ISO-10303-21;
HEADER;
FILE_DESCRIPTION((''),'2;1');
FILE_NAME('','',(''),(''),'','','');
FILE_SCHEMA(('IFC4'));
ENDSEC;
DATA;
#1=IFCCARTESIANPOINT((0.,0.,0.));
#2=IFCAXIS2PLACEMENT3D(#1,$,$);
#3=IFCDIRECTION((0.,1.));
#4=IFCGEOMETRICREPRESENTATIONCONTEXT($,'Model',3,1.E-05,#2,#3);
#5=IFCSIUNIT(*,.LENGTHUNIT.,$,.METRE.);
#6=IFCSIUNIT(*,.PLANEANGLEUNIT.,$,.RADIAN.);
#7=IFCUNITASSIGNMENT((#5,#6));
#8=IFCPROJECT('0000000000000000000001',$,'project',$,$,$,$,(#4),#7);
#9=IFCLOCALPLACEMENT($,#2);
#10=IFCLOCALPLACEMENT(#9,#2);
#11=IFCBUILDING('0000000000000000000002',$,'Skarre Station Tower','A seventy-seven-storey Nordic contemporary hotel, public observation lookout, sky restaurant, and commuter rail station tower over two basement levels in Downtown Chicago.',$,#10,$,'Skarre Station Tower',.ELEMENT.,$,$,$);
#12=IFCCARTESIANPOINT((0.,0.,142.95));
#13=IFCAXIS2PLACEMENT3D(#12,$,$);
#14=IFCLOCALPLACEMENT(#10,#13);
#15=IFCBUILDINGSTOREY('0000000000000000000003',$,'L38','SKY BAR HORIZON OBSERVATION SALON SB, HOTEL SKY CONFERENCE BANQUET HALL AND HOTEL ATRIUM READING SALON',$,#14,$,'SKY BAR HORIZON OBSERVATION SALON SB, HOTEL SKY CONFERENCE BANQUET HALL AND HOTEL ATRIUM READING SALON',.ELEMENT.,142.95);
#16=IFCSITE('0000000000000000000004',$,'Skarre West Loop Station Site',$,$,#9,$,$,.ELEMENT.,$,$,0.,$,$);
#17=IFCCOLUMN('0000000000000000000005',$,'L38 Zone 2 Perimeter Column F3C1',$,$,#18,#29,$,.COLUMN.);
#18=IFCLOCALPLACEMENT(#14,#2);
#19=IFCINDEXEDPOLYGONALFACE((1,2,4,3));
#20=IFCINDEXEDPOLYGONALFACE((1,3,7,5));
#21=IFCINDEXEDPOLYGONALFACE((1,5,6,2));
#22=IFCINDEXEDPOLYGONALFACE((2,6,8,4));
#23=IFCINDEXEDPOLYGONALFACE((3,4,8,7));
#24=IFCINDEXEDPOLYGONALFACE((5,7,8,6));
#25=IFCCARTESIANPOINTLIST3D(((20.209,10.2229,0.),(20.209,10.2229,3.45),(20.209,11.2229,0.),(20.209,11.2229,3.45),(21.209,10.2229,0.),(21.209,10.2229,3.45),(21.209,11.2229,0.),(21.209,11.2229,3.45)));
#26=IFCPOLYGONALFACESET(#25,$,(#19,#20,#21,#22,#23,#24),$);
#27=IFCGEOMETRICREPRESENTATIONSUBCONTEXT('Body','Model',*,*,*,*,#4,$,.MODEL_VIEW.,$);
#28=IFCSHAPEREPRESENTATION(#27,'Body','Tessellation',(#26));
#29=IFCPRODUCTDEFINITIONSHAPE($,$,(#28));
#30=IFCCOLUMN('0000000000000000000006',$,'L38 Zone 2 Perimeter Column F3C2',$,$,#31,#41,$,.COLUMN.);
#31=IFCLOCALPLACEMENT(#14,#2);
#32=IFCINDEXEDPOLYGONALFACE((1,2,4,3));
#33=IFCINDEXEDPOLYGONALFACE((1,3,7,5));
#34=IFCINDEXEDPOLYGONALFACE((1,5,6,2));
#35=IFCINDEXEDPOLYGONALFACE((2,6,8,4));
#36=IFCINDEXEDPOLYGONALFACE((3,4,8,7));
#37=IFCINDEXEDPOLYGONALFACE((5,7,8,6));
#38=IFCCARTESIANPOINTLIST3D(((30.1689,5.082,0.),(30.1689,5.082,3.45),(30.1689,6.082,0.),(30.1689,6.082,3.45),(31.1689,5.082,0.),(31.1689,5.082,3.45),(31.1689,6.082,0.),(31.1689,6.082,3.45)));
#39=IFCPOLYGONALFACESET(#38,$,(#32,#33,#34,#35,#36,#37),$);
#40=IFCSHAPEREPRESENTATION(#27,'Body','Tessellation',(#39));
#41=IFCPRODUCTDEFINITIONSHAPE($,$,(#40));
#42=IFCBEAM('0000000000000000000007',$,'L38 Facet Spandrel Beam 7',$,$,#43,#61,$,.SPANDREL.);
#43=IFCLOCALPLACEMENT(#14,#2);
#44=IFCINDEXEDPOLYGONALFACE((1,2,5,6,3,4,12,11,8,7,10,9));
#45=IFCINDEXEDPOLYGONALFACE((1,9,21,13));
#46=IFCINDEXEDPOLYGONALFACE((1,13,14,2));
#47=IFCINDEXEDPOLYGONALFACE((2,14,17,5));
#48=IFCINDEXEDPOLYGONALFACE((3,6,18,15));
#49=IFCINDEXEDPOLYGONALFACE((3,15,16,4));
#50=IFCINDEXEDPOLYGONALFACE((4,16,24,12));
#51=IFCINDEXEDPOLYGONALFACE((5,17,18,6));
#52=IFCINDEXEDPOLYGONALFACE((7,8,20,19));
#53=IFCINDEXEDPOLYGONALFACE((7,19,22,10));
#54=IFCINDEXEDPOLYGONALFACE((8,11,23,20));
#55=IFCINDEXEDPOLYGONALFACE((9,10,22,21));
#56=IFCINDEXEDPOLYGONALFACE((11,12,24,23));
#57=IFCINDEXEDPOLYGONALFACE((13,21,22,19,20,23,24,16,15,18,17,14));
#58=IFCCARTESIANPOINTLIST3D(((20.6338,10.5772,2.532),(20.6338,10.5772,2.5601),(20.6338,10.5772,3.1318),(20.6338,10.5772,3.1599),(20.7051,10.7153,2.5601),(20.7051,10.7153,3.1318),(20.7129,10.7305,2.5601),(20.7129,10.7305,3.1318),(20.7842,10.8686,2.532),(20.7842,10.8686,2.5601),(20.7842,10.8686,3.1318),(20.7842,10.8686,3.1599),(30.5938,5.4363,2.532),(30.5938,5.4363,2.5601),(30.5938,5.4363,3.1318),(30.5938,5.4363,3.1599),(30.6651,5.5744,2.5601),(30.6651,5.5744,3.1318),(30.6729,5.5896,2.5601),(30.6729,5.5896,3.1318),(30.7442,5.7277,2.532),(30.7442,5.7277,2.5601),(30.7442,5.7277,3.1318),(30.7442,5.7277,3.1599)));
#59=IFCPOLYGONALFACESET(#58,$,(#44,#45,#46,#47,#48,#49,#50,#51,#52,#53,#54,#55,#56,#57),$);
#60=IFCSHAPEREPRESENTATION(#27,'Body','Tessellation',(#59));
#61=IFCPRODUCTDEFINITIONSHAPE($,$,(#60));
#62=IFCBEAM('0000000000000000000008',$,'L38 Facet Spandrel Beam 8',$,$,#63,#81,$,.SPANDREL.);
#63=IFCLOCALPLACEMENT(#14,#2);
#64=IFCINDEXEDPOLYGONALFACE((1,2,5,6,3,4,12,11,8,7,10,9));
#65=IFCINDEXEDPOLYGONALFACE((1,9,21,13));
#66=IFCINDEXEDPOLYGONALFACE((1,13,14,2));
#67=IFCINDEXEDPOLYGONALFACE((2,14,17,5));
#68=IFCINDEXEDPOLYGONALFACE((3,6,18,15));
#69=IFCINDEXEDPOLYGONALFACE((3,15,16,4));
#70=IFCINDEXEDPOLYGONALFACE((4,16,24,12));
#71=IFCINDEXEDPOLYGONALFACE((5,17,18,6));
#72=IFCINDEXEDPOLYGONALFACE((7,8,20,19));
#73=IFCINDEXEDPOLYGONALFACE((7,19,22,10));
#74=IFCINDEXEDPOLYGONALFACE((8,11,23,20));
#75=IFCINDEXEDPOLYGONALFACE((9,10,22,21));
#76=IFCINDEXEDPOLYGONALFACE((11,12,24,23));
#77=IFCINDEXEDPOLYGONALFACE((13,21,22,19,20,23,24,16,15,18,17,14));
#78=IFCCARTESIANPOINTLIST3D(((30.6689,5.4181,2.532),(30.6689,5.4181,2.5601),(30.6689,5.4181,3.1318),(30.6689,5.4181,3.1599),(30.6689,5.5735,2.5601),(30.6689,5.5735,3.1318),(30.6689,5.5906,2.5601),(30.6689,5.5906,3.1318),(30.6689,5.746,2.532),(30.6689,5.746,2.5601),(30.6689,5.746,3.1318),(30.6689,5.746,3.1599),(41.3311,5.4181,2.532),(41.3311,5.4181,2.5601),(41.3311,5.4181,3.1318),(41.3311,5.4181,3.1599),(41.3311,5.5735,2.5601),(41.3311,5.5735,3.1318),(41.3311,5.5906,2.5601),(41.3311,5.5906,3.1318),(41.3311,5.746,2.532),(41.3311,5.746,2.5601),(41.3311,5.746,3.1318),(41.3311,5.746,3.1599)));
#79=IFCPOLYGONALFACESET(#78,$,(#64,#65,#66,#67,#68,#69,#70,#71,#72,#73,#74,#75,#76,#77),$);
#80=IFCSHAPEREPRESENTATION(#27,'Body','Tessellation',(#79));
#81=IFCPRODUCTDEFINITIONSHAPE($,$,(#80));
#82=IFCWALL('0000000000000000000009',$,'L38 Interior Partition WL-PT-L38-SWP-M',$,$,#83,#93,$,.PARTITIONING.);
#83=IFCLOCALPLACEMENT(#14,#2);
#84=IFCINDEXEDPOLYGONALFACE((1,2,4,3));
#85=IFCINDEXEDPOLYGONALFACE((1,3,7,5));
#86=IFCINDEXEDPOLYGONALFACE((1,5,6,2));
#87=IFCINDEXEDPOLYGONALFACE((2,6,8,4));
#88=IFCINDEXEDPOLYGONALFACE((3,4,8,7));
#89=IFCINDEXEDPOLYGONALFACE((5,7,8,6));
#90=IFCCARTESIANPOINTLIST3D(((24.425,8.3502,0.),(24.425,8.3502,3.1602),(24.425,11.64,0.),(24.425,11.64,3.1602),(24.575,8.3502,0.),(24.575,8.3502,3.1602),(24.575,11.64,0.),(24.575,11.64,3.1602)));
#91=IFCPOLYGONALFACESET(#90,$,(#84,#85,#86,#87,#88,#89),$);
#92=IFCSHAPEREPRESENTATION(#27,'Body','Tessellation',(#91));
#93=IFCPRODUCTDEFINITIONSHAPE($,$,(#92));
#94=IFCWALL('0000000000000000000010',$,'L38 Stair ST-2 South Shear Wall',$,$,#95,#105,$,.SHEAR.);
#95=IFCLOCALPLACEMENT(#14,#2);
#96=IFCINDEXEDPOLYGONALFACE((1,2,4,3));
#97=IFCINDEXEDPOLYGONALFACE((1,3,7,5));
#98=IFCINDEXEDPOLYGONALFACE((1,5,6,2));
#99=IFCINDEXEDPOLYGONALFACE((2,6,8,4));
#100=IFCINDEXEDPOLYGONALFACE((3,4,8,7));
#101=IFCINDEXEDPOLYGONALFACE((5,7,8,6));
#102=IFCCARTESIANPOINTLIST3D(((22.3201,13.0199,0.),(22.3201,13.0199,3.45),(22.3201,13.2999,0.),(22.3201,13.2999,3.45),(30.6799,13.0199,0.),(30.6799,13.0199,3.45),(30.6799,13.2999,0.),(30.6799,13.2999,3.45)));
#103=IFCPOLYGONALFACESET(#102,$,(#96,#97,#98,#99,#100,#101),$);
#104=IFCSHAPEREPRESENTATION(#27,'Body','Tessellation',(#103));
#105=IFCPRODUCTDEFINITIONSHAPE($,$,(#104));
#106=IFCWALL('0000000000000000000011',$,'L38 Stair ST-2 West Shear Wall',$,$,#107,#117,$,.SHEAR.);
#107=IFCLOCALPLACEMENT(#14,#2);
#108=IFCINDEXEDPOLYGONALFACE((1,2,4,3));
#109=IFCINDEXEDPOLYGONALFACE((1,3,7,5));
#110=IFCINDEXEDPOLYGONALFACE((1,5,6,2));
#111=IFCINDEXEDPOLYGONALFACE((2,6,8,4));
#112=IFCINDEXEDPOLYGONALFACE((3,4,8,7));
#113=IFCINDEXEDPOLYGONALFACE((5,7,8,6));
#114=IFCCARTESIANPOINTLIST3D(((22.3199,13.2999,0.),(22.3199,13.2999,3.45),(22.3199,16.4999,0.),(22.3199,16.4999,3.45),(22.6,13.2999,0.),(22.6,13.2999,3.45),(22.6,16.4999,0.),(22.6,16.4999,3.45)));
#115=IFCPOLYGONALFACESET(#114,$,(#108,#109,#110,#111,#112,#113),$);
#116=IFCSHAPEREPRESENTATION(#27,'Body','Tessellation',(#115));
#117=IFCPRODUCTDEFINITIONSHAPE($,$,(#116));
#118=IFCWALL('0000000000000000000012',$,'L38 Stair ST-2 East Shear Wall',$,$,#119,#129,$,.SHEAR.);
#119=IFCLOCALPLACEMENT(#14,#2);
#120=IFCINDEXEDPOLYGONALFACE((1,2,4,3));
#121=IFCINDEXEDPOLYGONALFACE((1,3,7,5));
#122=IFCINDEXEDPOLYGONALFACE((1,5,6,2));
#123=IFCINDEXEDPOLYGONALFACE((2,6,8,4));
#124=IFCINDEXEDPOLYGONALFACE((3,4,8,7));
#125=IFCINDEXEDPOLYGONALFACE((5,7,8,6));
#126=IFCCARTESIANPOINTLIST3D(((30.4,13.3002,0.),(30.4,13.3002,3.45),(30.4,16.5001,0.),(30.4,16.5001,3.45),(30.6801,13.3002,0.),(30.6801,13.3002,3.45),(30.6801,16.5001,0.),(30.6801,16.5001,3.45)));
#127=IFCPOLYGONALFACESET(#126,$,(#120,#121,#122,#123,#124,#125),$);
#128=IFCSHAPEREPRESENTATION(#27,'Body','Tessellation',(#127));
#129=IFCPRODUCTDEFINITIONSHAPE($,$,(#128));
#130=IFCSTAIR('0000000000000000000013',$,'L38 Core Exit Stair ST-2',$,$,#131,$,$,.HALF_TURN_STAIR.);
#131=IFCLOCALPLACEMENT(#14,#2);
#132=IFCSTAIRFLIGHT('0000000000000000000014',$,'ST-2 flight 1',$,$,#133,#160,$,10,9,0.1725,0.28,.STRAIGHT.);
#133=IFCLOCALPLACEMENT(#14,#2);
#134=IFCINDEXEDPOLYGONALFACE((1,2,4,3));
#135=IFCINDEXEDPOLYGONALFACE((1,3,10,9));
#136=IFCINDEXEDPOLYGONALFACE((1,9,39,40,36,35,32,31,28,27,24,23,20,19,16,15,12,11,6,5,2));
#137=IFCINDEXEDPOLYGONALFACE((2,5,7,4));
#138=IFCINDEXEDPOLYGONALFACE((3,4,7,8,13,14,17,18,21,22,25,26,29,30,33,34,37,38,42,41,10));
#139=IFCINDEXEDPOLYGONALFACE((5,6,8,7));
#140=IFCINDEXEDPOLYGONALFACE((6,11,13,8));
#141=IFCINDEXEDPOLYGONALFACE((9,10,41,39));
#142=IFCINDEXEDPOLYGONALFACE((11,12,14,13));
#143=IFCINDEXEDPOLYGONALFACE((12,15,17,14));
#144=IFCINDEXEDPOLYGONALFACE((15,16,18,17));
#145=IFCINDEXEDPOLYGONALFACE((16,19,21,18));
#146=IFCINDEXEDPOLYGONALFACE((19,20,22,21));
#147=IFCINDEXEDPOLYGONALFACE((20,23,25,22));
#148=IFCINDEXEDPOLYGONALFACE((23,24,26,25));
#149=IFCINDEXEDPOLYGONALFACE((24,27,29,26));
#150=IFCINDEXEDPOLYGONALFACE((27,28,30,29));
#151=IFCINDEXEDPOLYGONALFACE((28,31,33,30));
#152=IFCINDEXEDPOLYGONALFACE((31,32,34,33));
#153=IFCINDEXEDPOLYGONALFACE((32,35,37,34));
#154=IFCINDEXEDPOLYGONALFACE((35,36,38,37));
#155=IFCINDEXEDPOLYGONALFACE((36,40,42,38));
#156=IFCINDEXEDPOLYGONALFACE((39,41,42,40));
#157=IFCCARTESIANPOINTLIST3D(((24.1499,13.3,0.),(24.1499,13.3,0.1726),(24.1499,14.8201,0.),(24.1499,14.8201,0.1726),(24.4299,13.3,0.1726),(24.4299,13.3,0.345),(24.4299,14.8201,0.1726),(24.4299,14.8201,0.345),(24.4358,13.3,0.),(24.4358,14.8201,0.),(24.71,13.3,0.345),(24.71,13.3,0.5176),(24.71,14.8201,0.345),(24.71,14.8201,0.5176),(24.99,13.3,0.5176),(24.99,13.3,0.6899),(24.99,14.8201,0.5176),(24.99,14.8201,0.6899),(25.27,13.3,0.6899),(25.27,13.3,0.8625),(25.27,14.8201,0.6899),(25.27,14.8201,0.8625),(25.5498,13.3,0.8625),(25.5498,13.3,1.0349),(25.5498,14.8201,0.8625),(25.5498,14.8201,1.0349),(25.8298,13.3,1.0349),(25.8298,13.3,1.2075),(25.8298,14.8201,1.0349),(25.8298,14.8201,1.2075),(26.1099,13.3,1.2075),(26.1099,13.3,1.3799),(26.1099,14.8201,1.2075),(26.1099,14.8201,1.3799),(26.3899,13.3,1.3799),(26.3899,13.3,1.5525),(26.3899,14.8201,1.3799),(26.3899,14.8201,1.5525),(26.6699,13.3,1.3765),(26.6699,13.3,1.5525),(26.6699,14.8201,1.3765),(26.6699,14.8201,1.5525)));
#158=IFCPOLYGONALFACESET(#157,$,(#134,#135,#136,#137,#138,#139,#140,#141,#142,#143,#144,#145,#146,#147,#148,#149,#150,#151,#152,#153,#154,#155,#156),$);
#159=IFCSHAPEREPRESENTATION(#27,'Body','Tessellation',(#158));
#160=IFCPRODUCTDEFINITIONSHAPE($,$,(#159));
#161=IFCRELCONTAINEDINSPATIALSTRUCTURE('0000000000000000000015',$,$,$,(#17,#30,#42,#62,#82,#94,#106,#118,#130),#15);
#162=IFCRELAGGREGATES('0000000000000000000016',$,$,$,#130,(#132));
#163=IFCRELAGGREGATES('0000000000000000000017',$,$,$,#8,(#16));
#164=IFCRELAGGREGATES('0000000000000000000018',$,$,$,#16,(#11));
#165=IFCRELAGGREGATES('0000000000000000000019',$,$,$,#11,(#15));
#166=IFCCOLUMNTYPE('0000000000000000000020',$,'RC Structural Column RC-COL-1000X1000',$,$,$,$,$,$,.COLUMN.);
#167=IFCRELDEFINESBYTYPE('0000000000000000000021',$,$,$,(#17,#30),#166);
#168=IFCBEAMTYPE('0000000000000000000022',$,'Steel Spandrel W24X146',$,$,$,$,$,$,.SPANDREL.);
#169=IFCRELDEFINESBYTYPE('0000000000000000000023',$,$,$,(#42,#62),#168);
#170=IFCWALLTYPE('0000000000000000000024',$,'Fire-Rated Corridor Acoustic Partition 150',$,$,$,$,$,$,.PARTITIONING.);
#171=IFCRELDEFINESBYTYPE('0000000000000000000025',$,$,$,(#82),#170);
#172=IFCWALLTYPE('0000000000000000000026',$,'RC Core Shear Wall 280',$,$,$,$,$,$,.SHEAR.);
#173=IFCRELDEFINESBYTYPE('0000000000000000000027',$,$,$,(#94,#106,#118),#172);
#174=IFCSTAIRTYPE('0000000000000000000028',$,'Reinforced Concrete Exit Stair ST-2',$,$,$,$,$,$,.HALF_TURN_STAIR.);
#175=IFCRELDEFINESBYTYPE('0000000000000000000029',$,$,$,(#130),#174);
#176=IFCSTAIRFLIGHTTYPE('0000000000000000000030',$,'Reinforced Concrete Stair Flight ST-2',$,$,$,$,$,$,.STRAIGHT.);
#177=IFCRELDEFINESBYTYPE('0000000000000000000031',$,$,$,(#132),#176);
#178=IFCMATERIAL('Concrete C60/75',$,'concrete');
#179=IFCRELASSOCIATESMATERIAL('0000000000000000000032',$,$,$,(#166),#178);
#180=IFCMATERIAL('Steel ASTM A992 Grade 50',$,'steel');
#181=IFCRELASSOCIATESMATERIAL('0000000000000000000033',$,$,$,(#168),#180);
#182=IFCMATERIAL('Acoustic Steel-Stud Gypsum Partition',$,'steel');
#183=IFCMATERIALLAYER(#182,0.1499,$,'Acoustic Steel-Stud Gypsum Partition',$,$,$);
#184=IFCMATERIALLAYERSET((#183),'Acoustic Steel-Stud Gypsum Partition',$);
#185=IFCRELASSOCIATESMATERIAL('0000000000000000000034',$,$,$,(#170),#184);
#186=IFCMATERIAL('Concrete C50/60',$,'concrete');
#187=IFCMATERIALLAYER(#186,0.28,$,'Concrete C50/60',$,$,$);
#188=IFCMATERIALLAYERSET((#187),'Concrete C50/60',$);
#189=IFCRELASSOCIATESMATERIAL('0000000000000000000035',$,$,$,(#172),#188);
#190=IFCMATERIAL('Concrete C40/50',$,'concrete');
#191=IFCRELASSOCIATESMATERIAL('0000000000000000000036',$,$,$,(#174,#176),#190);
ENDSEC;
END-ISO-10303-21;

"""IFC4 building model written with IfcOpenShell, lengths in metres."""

from ifc_helpers import new_model, si_unit, direction, frame, frame_2d, origin, origin_2d, place, context, subcontext, project, spatial, polyline, rectangle, i_section, outline, extrude, material, layer, layer_set, material_profile, profile_set, type_object, element, aggregate, save


model = new_model("IFC4")

# Units and contexts
model_context = context("Model", 3, precision=1e-05, world=origin(), true_north=direction((0.0, 1.0)))
body_context = subcontext(model_context, "Body", "Model", "MODEL_VIEW")
ifc_project = project(units=[si_unit("LENGTHUNIT", "METRE"), si_unit("PLANEANGLEUNIT", "RADIAN")], contexts=[model_context])

# Site, building, storey
site_placement = place(None, origin())
site = spatial("IfcSite", under=ifc_project, at=site_placement, Name="Skarre West Loop Station Site", CompositionType="ELEMENT", RefElevation=0.0)
building_placement = place(site_placement, origin())
building = spatial("IfcBuilding", under=site, at=building_placement, Name="Skarre Station Tower", Description="A seventy-seven-storey Nordic contemporary hotel, public observation lookout, sky restaurant, and commuter rail station tower over two basement levels in Downtown Chicago.", LongName="Skarre Station Tower", CompositionType="ELEMENT")
storey_placement = place(building_placement, frame((0.0, 0.0, 142.95)))
storey = spatial("IfcBuildingStorey", under=building, at=storey_placement, Name="L38", Description="SKY BAR HORIZON OBSERVATION SALON SB, HOTEL SKY CONFERENCE BANQUET HALL AND HOTEL ATRIUM READING SALON", LongName="SKY BAR HORIZON OBSERVATION SALON SB, HOTEL SKY CONFERENCE BANQUET HALL AND HOTEL ATRIUM READING SALON", CompositionType="ELEMENT", Elevation=142.95)

# Columns
ifc_material_1 = material(Name="Concrete C60/75", Category="concrete")
ifc_material_profile_1 = material_profile(ifc_material_1, rectangle(XDim=1.0, YDim=1.0, at=origin_2d()), Name="Concrete C60/75")
ifc_profile_set_1 = profile_set([ifc_material_profile_1], Name="Concrete C60/75")
column_type = type_object("IfcColumnType", Name="RC Structural Column RC-COL-1000X1000", PredefinedType="COLUMN", material=ifc_profile_set_1)
for number, where, z_axis, x_axis, name in (
    (1, (20.709, 10.7229, 0.0), (0.0, 0.0, 1.0), (1.0, 0.0, 0.0), "L38 Zone 2 Perimeter Column F3C1"),
    (2, (30.6689, 5.582, 0.0), (0.0, 0.0, 1.0), (1.0, 0.0, 0.0), "L38 Zone 2 Perimeter Column F3C2"),
):
    element("IfcColumn", number, at=place(storey_placement, frame(where, z_axis=z_axis, x_axis=x_axis)), inside=storey, type_object=column_type, Name=name, PredefinedType="COLUMN", context=body_context, shape_type="SweptSolid", body=[
        extrude(rectangle(XDim=1.0, YDim=1.0, at=origin_2d()), origin(), (0.0, 0.0, 1.0), 3.45),
    ])

# Beams
ifc_material_2 = material(Name="Steel ASTM A992 Grade 50", Category="steel")
ifc_material_profile_2 = material_profile(ifc_material_2, i_section(OverallWidth=0.3279, OverallDepth=0.6279, WebThickness=0.0171, FlangeThickness=0.0281, at=origin_2d()), Name="Steel ASTM A992 Grade 50")
ifc_profile_set_2 = profile_set([ifc_material_profile_2], Name="Steel ASTM A992 Grade 50")
beam_type = type_object("IfcBeamType", Name="Steel Spandrel W24X146", PredefinedType="SPANDREL", material=ifc_profile_set_2)
beam_1_placement = place(storey_placement, frame((20.709, 10.7229, 2.8459), z_axis=(0.888612, -0.45866, 0.0), x_axis=(0.45866, 0.888612, 0.0)))
element("IfcBeam", 3, at=beam_1_placement, inside=storey, type_object=beam_type, Name="L38 Facet Spandrel Beam 7", PredefinedType="SPANDREL", context=body_context, shape_type="SweptSolid", body=[
    extrude(i_section(OverallWidth=0.3279, OverallDepth=0.6279, WebThickness=0.0171, FlangeThickness=0.0281, at=origin_2d()), origin(), (0.0, 0.0, 1.0), 11.2085),
])
beam_2_placement = place(storey_placement, frame((30.6689, 5.582, 2.8459), z_axis=(1.0, 0.0, 0.0), x_axis=(0.0, 1.0, 0.0)))
element("IfcBeam", 4, at=beam_2_placement, inside=storey, type_object=beam_type, Name="L38 Facet Spandrel Beam 8", PredefinedType="SPANDREL", context=body_context, shape_type="SweptSolid", body=[
    extrude(i_section(OverallWidth=0.3279, OverallDepth=0.6279, WebThickness=0.0171, FlangeThickness=0.0281, at=origin_2d()), origin(), (0.0, 0.0, 1.0), 10.6621),
])

# Walls
ifc_material_3 = material(Name="Acoustic Steel-Stud Gypsum Partition", Category="steel")
ifc_layer_1 = layer(ifc_material_3, 0.1499, Name="Acoustic Steel-Stud Gypsum Partition")
ifc_layer_set_1 = layer_set([ifc_layer_1], Name="Acoustic Steel-Stud Gypsum Partition")
wall_type_1 = type_object("IfcWallType", Name="Fire-Rated Corridor Acoustic Partition 150", PredefinedType="PARTITIONING", material=ifc_layer_set_1)
wall_1_placement = place(storey_placement, frame((24.5, 8.3501, 0.0), z_axis=(0.0, 0.0, 1.0), x_axis=(0.0, 1.0, 0.0)))
element("IfcWall", 5, at=wall_1_placement, inside=storey, type_object=wall_type_1, Name="L38 Interior Partition WL-PT-L38-SWP-M", PredefinedType="PARTITIONING", context=body_context, shape_type="SweptSolid", body=[
    extrude(rectangle(XDim=3.2898, YDim=0.1499, at=frame_2d((1.645, 0.0))), origin(), (0.0, 0.0, 1.0), 3.1602),
])
ifc_material_4 = material(Name="Concrete C50/60", Category="concrete")
ifc_layer_2 = layer(ifc_material_4, 0.28, Name="Concrete C50/60")
ifc_layer_set_2 = layer_set([ifc_layer_2], Name="Concrete C50/60")
wall_type_2 = type_object("IfcWallType", Name="RC Core Shear Wall 280", PredefinedType="SHEAR", material=ifc_layer_set_2)
wall_2_placement = place(storey_placement, frame((22.3201, 13.1599, 0.0), z_axis=(0.0, 0.0, 1.0), x_axis=(1.0, 0.0, 0.0)))
element("IfcWall", 6, at=wall_2_placement, inside=storey, type_object=wall_type_2, Name="L38 Stair ST-2 South Shear Wall", PredefinedType="SHEAR", context=body_context, shape_type="SweptSolid", body=[
    extrude(rectangle(XDim=8.3599, YDim=0.28, at=frame_2d((4.1799, 0.0))), origin(), (0.0, 0.0, 1.0), 3.45),
])
for number, where, z_axis, x_axis, name in (
    (7, (22.46, 16.5, 0.0), (0.0, 0.0, 1.0), (0.0, -1.0, 0.0), "L38 Stair ST-2 West Shear Wall"),
    (8, (30.54, 13.3, 0.0), (0.0, 0.0, 1.0), (0.0, 1.0, 0.0), "L38 Stair ST-2 East Shear Wall"),
):
    element("IfcWall", number, at=place(storey_placement, frame(where, z_axis=z_axis, x_axis=x_axis)), inside=storey, type_object=wall_type_2, Name=name, PredefinedType="SHEAR", context=body_context, shape_type="SweptSolid", body=[
        extrude(rectangle(XDim=3.2, YDim=0.28, at=frame_2d((1.6001, 0.0))), origin(), (0.0, 0.0, 1.0), 3.45),
    ])

# Stair, stair flight
ifc_material_5 = material(Name="Concrete C40/50", Category="concrete")
stair_type = type_object("IfcStairType", Name="Reinforced Concrete Exit Stair ST-2", PredefinedType="HALF_TURN_STAIR", material=ifc_material_5)
stair_placement = place(storey_placement, origin())
stair = element("IfcStair", 9, at=stair_placement, inside=storey, type_object=stair_type, Name="L38 Core Exit Stair ST-2", PredefinedType="HALF_TURN_STAIR")
stair_flight_type = type_object("IfcStairFlightType", Name="Reinforced Concrete Stair Flight ST-2", PredefinedType="STRAIGHT", material=ifc_material_5)
stair_flight_1_placement = place(storey_placement, frame((24.1499, 14.0601, 0.0), z_axis=(0.0, 0.0, 1.0), x_axis=(1.0, 0.0, 0.0)))
stair_flight_1 = element("IfcStairFlight", 10, at=stair_flight_1_placement, type_object=stair_flight_type, Name="ST-2 flight 1", NumberOfRisers=10, NumberOfTreads=9, PredefinedType="STRAIGHT", RiserHeight=0.1725, TreadLength=0.28, context=body_context, shape_type="SweptSolid", body=[
    extrude(outline(polyline([(0.0, 0.0), (0.0, 0.1726), (0.28, 0.1726), (0.28, 0.345), (0.5601, 0.345), (0.5601, 0.5176), (0.8401, 0.5176), (0.8401, 0.6899), (1.1201, 0.6899), (1.1201, 0.8625), (1.3999, 0.8625), (1.3999, 1.0349), (1.6799, 1.0349), (1.6799, 1.2075), (1.96, 1.2075), (1.96, 1.3799), (2.24, 1.3799), (2.24, 1.5525), (2.52, 1.5525), (2.52, 1.7251), (2.52, 1.3765), (0.2859, 0.0), (0.0, 0.0)])), frame((0.0, 0.76, 0.0), z_axis=(0.0, -1.0, 0.0), x_axis=(1.0, 0.0, 0.0)), (0.0, 0.0, 1.0), 1.52),
])
aggregate(stair, [stair_flight_1])

save(model, "model.ifc")
